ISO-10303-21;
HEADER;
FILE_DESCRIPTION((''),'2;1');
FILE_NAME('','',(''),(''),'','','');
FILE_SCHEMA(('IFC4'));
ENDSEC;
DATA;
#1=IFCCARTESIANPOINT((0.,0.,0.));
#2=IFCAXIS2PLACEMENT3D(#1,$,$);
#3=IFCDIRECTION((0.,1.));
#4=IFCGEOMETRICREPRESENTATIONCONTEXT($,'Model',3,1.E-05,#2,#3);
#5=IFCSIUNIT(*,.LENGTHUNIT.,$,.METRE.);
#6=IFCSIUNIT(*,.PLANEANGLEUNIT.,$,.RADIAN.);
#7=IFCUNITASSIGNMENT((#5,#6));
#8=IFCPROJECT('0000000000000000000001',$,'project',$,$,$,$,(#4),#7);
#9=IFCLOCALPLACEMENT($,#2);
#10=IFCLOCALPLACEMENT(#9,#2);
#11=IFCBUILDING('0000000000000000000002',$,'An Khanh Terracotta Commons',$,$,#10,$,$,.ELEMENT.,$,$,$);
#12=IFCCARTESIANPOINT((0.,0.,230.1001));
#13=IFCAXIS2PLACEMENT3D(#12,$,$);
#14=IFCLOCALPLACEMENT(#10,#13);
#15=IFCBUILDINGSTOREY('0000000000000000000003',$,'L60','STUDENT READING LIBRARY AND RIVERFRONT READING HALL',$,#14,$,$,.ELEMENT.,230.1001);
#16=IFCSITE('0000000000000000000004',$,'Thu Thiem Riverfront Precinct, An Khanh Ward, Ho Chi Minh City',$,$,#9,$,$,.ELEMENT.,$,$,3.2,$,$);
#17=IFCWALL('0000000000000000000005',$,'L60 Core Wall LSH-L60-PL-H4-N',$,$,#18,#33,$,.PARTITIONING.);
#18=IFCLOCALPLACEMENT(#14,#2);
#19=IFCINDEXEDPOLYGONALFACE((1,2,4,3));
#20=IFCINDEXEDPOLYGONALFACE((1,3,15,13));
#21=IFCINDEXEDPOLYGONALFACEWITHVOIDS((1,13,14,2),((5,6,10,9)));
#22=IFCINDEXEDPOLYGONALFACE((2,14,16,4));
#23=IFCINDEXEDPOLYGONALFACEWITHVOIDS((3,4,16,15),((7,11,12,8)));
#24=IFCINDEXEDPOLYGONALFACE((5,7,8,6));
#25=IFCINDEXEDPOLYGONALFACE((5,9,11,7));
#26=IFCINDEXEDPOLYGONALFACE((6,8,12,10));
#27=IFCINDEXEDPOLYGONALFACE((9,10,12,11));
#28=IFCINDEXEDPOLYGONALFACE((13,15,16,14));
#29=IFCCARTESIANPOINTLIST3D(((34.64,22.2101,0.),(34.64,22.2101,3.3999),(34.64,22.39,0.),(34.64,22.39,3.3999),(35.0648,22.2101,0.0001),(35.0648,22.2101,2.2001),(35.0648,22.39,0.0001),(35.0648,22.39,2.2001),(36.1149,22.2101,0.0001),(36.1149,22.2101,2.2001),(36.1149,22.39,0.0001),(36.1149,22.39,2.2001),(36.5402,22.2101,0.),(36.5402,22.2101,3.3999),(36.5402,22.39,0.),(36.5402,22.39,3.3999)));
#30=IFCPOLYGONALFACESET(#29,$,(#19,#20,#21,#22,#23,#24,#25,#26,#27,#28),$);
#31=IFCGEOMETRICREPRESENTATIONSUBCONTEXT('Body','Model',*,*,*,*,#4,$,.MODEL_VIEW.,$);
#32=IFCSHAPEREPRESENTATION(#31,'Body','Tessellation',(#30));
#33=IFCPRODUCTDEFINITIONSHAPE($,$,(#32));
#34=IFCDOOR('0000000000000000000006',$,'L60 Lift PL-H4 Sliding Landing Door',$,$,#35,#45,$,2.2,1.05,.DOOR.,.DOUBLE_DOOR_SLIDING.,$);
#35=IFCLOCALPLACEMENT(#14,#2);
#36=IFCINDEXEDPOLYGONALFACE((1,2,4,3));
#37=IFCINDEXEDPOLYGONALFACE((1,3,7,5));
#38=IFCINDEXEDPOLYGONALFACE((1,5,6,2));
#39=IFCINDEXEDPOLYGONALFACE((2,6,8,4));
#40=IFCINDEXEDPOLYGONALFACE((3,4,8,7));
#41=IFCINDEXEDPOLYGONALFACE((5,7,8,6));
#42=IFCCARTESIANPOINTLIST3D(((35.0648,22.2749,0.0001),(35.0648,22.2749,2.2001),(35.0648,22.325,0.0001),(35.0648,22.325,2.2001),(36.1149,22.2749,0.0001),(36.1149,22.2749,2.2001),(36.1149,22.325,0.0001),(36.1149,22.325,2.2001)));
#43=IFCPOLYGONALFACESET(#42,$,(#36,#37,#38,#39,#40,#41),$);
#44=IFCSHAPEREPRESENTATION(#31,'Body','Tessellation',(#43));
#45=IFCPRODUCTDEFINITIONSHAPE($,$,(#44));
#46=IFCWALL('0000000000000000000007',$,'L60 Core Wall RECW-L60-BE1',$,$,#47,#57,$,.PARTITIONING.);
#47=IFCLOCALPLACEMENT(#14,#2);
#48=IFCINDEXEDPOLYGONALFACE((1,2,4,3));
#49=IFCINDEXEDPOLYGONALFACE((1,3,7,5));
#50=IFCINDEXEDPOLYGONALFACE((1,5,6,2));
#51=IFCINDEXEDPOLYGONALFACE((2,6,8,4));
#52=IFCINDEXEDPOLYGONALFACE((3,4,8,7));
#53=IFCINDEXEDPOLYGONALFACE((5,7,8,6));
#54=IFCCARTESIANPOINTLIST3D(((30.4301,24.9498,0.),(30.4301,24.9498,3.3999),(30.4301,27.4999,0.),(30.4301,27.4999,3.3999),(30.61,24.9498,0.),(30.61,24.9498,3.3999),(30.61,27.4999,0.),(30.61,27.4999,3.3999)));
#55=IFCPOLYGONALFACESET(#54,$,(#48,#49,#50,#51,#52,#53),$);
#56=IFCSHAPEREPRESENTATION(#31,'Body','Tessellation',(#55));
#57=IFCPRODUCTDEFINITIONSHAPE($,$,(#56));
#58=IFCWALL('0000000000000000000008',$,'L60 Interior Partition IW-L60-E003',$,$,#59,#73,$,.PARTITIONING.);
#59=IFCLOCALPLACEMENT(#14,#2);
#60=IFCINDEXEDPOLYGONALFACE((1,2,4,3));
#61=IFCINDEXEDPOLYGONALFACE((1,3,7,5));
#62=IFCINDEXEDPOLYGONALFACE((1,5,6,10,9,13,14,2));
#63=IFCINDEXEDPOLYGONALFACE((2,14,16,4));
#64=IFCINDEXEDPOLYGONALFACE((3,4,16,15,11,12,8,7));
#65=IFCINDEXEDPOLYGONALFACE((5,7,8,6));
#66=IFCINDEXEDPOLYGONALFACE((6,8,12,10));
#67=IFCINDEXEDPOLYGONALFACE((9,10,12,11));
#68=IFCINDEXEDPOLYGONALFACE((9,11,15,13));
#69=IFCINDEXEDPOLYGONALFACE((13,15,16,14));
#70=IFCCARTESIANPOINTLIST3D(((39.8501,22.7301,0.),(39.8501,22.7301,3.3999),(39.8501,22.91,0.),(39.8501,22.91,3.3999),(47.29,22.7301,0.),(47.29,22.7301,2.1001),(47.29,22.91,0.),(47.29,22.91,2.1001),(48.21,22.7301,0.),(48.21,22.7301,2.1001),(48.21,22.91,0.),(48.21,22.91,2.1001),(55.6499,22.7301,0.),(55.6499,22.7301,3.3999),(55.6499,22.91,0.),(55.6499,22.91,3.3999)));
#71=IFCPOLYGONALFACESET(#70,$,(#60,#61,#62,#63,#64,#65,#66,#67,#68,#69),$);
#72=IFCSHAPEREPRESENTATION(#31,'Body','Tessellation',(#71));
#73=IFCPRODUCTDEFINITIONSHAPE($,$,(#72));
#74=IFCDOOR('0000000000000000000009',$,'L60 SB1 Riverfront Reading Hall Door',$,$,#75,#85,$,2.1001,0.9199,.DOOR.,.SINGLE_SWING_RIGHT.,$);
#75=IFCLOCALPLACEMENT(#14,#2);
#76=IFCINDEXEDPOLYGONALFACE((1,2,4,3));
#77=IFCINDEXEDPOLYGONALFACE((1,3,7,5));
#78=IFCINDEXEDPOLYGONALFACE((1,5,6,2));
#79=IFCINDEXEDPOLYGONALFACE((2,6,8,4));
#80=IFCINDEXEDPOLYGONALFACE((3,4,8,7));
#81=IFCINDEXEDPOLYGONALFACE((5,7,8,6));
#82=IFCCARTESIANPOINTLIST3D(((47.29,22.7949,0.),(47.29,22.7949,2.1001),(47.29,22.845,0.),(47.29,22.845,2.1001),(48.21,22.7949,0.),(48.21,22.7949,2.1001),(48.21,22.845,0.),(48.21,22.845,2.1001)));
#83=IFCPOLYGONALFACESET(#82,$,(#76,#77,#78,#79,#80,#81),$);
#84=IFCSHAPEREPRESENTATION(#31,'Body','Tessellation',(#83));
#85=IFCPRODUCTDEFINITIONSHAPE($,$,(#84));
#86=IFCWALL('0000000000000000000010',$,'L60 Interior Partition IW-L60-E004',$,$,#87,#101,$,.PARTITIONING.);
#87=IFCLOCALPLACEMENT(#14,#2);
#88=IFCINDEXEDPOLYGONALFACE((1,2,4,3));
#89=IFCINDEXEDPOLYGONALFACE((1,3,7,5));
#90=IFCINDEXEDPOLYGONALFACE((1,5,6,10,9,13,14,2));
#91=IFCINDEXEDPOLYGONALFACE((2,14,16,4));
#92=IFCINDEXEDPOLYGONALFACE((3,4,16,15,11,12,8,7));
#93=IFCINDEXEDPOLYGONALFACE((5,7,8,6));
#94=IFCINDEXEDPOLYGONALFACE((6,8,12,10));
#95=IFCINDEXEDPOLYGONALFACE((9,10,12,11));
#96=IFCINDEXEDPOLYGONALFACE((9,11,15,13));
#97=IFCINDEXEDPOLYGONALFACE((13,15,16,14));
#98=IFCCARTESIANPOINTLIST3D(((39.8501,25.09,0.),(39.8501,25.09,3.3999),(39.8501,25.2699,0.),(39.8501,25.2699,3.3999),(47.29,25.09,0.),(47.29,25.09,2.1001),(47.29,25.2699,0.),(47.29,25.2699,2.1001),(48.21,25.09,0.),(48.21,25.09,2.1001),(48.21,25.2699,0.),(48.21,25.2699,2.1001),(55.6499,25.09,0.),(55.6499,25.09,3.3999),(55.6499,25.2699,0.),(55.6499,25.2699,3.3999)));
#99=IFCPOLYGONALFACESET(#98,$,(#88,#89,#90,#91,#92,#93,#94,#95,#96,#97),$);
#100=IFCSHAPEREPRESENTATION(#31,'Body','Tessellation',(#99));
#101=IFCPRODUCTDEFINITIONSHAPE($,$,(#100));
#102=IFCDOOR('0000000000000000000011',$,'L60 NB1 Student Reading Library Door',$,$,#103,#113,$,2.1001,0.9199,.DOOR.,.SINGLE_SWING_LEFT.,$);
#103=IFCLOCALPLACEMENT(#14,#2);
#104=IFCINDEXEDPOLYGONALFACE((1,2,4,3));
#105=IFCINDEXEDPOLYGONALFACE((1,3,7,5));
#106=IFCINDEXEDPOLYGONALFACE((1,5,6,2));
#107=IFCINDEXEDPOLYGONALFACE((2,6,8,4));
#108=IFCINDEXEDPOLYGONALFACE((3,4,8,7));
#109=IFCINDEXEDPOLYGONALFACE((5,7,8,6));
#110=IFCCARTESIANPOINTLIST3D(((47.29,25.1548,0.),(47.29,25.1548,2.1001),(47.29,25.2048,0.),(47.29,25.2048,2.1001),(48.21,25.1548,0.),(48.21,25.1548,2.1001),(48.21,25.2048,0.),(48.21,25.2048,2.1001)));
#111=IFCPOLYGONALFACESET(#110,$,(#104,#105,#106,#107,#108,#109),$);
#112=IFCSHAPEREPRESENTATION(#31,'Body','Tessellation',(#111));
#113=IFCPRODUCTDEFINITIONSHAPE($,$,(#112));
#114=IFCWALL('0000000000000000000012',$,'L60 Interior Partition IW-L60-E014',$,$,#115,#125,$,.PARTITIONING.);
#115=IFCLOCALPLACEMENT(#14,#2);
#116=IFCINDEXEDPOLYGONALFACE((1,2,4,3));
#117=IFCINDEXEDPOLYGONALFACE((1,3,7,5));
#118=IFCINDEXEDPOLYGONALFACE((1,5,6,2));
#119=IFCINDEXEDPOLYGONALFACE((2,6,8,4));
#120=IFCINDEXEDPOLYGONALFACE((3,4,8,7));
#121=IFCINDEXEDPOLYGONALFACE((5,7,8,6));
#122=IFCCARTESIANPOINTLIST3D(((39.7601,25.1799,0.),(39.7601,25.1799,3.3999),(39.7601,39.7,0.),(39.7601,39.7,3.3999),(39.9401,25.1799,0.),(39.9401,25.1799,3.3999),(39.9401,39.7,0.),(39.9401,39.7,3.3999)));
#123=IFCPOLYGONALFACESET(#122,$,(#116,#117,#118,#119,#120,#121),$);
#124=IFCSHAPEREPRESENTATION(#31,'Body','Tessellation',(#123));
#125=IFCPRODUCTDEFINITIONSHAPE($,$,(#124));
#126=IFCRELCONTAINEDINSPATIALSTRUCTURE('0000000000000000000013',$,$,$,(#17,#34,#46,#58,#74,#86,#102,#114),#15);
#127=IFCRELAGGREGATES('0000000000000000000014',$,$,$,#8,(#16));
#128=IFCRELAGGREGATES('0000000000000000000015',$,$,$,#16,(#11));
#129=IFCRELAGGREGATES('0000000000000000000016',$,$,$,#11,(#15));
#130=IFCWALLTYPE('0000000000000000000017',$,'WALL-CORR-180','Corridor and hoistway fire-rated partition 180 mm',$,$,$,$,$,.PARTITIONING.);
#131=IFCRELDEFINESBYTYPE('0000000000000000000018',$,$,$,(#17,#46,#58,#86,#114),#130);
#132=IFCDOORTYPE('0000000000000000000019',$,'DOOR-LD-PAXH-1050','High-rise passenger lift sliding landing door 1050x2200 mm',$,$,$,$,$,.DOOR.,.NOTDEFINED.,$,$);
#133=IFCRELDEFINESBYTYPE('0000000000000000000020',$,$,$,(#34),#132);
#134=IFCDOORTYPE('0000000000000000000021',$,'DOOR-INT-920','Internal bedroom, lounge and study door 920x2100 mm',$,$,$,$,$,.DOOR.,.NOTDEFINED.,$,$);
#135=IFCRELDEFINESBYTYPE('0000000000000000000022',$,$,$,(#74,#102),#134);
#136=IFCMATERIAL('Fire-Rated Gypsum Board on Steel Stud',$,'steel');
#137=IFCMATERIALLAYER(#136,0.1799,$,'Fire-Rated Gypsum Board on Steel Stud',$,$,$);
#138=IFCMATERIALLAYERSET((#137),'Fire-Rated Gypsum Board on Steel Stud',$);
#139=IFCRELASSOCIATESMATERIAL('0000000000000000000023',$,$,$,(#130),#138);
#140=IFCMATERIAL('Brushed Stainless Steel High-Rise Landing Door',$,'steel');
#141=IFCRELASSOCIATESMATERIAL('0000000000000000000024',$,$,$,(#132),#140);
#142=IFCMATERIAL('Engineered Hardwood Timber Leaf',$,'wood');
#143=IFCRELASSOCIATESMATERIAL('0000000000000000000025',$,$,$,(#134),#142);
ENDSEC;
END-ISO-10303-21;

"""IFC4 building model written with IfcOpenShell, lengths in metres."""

from ifc_helpers import new_model, si_unit, direction, frame, frame_2d, origin, place, context, subcontext, project, spatial, rectangle, extrude, material, layer, layer_set, type_object, element, fill, save


model = new_model("IFC4")

# Units and contexts
model_context = context("Model", 3, precision=1e-05, world=origin(), true_north=direction((0.0, 1.0)))
body_context = subcontext(model_context, "Body", "Model", "MODEL_VIEW")
ifc_project = project(units=[si_unit("LENGTHUNIT", "METRE"), si_unit("PLANEANGLEUNIT", "RADIAN")], contexts=[model_context])

# Site, building, storey
site_placement = place(None, origin())
site = spatial("IfcSite", under=ifc_project, at=site_placement, Name="Thu Thiem Riverfront Precinct, An Khanh Ward, Ho Chi Minh City", CompositionType="ELEMENT", RefElevation=3.2)
building_placement = place(site_placement, origin())
building = spatial("IfcBuilding", under=site, at=building_placement, Name="An Khanh Terracotta Commons", CompositionType="ELEMENT")
storey_placement = place(building_placement, frame((0.0, 0.0, 230.1001)))
storey = spatial("IfcBuildingStorey", under=building, at=storey_placement, Name="L60", Description="STUDENT READING LIBRARY AND RIVERFRONT READING HALL", CompositionType="ELEMENT", Elevation=230.1001)

# Shared definitions
ifc_material_1 = material(Name="Fire-Rated Gypsum Board on Steel Stud", Category="steel")
ifc_layer = layer(ifc_material_1, 0.1799, Name="Fire-Rated Gypsum Board on Steel Stud")
ifc_layer_set = layer_set([ifc_layer], Name="Fire-Rated Gypsum Board on Steel Stud")
wall_type = type_object("IfcWallType", Name="WALL-CORR-180", Description="Corridor and hoistway fire-rated partition 180 mm", PredefinedType="PARTITIONING", material=ifc_layer_set)

# Shared definitions
ifc_material_2 = material(Name="Brushed Stainless Steel High-Rise Landing Door", Category="steel")
door_type_1 = type_object("IfcDoorType", Name="DOOR-LD-PAXH-1050", Description="High-rise passenger lift sliding landing door 1050x2200 mm", OperationType="NOTDEFINED", PredefinedType="DOOR", material=ifc_material_2)

# Wall, opening, door
wall_1_placement = place(storey_placement, frame((34.6399, 22.3, 0.0), z_axis=(0.0, 0.0, 1.0), x_axis=(1.0, 0.0, 0.0)))
wall_1 = element("IfcWall", 1, at=wall_1_placement, inside=storey, type_object=wall_type, Name="L60 Core Wall LSH-L60-PL-H4-N", PredefinedType="PARTITIONING", context=body_context, shape_type="SweptSolid", body=[
    extrude(rectangle(XDim=1.9001, YDim=0.1799, at=frame_2d((0.9502, 0.0))), origin(), (0.0, 0.0, 1.0), 3.3999),
])
opening_1_placement = place(wall_1_placement, frame((0.425, 0.0, 0.0)))
opening_1 = element("IfcOpeningElement", 2, at=opening_1_placement, cuts=wall_1, PredefinedType="OPENING", context=body_context, shape_type="SweptSolid", body=[
    extrude(rectangle(XDim=1.05, YDim=2.2, at=frame_2d((0.5249, 1.1001))), frame((0.0, 0.0999, 0.0), z_axis=(0.0, -1.0, 0.0), x_axis=(1.0, 0.0, 0.0)), (0.0, 0.0, 1.0), 0.2),
])
door_1_placement = place(opening_1_placement, origin())
door_1 = element("IfcDoor", 3, at=door_1_placement, inside=storey, type_object=door_type_1, Name="L60 Lift PL-H4 Sliding Landing Door", OperationType="DOUBLE_DOOR_SLIDING", OverallHeight=2.2, OverallWidth=1.05, PredefinedType="DOOR", context=body_context, shape_type="SweptSolid", body=[
    extrude(rectangle(XDim=1.05, YDim=2.2, at=frame_2d((0.5249, 1.1001))), frame((0.0, 0.0249, 0.0), z_axis=(0.0, -1.0, 0.0), x_axis=(1.0, 0.0, 0.0)), (0.0, 0.0, 1.0), 0.05),
])
fill(opening_1, door_1)

# Wall
wall_2_placement = place(storey_placement, frame((30.52, 24.95, 0.0), z_axis=(0.0, 0.0, 1.0), x_axis=(0.0, 1.0, 0.0)))
element("IfcWall", 4, at=wall_2_placement, inside=storey, type_object=wall_type, Name="L60 Core Wall RECW-L60-BE1", PredefinedType="PARTITIONING", context=body_context, shape_type="SweptSolid", body=[
    extrude(rectangle(XDim=2.55, YDim=0.1799, at=frame_2d((1.2749, 0.0))), origin(), (0.0, 0.0, 1.0), 3.3999),
])

# Walls, openings, doors
wall_3_placement = place(storey_placement, frame((39.8501, 22.8201, 0.0), z_axis=(0.0, 0.0, 1.0), x_axis=(1.0, 0.0, 0.0)))
wall_3 = element("IfcWall", 5, at=wall_3_placement, inside=storey, type_object=wall_type, Name="L60 Interior Partition IW-L60-E003", PredefinedType="PARTITIONING", context=body_context, shape_type="SweptSolid", body=[
    extrude(rectangle(XDim=15.7998, YDim=0.1799, at=frame_2d((7.8999, 0.0))), origin(), (0.0, 0.0, 1.0), 3.3999),
])
opening_2_placement = place(wall_3_placement, frame((7.4399, 0.0, 0.0)))
opening_2 = element("IfcOpeningElement", 6, at=opening_2_placement, cuts=wall_3, PredefinedType="OPENING", context=body_context, shape_type="SweptSolid", body=[
    extrude(rectangle(XDim=0.9199, YDim=2.1001, at=frame_2d((0.46, 1.05))), frame((0.0, 0.0999, 0.0), z_axis=(0.0, -1.0, 0.0), x_axis=(1.0, 0.0, 0.0)), (0.0, 0.0, 1.0), 0.2),
])
ifc_material_3 = material(Name="Engineered Hardwood Timber Leaf", Category="wood")
door_type_2 = type_object("IfcDoorType", Name="DOOR-INT-920", Description="Internal bedroom, lounge and study door 920x2100 mm", OperationType="NOTDEFINED", PredefinedType="DOOR", material=ifc_material_3)
door_2_placement = place(opening_2_placement, origin())
door_2 = element("IfcDoor", 7, at=door_2_placement, inside=storey, type_object=door_type_2, Name="L60 SB1 Riverfront Reading Hall Door", OperationType="SINGLE_SWING_RIGHT", OverallHeight=2.1001, OverallWidth=0.9199, PredefinedType="DOOR", context=body_context, shape_type="SweptSolid", body=[
    extrude(rectangle(XDim=0.9199, YDim=2.1001, at=frame_2d((0.46, 1.05))), frame((0.0, 0.0249, 0.0), z_axis=(0.0, -1.0, 0.0), x_axis=(1.0, 0.0, 0.0)), (0.0, 0.0, 1.0), 0.05),
])
fill(opening_2, door_2)
wall_4_placement = place(storey_placement, frame((39.8501, 25.1799, 0.0), z_axis=(0.0, 0.0, 1.0), x_axis=(1.0, 0.0, 0.0)))
wall_4 = element("IfcWall", 8, at=wall_4_placement, inside=storey, type_object=wall_type, Name="L60 Interior Partition IW-L60-E004", PredefinedType="PARTITIONING", context=body_context, shape_type="SweptSolid", body=[
    extrude(rectangle(XDim=15.7998, YDim=0.1799, at=frame_2d((7.8999, 0.0))), origin(), (0.0, 0.0, 1.0), 3.3999),
])
opening_3_placement = place(wall_4_placement, frame((7.4399, 0.0, 0.0)))
opening_3 = element("IfcOpeningElement", 9, at=opening_3_placement, cuts=wall_4, PredefinedType="OPENING", context=body_context, shape_type="SweptSolid", body=[
    extrude(rectangle(XDim=0.9199, YDim=2.1001, at=frame_2d((0.46, 1.05))), frame((0.0, 0.0999, 0.0), z_axis=(0.0, -1.0, 0.0), x_axis=(1.0, 0.0, 0.0)), (0.0, 0.0, 1.0), 0.2),
])
door_3_placement = place(opening_3_placement, origin())
door_3 = element("IfcDoor", 10, at=door_3_placement, inside=storey, type_object=door_type_2, Name="L60 NB1 Student Reading Library Door", OperationType="SINGLE_SWING_LEFT", OverallHeight=2.1001, OverallWidth=0.9199, PredefinedType="DOOR", context=body_context, shape_type="SweptSolid", body=[
    extrude(rectangle(XDim=0.9199, YDim=2.1001, at=frame_2d((0.46, 1.05))), frame((0.0, 0.0249, 0.0), z_axis=(0.0, -1.0, 0.0), x_axis=(1.0, 0.0, 0.0)), (0.0, 0.0, 1.0), 0.05),
])
fill(opening_3, door_3)

# Wall
wall_5_placement = place(storey_placement, frame((39.8501, 25.1799, 0.0), z_axis=(0.0, 0.0, 1.0), x_axis=(0.0, 1.0, 0.0)))
element("IfcWall", 11, at=wall_5_placement, inside=storey, type_object=wall_type, Name="L60 Interior Partition IW-L60-E014", PredefinedType="PARTITIONING", context=body_context, shape_type="SweptSolid", body=[
    extrude(rectangle(XDim=14.52, YDim=0.1799, at=frame_2d((7.26, 0.0))), origin(), (0.0, 0.0, 1.0), 3.3999),
])

save(model, "model.ifc")
